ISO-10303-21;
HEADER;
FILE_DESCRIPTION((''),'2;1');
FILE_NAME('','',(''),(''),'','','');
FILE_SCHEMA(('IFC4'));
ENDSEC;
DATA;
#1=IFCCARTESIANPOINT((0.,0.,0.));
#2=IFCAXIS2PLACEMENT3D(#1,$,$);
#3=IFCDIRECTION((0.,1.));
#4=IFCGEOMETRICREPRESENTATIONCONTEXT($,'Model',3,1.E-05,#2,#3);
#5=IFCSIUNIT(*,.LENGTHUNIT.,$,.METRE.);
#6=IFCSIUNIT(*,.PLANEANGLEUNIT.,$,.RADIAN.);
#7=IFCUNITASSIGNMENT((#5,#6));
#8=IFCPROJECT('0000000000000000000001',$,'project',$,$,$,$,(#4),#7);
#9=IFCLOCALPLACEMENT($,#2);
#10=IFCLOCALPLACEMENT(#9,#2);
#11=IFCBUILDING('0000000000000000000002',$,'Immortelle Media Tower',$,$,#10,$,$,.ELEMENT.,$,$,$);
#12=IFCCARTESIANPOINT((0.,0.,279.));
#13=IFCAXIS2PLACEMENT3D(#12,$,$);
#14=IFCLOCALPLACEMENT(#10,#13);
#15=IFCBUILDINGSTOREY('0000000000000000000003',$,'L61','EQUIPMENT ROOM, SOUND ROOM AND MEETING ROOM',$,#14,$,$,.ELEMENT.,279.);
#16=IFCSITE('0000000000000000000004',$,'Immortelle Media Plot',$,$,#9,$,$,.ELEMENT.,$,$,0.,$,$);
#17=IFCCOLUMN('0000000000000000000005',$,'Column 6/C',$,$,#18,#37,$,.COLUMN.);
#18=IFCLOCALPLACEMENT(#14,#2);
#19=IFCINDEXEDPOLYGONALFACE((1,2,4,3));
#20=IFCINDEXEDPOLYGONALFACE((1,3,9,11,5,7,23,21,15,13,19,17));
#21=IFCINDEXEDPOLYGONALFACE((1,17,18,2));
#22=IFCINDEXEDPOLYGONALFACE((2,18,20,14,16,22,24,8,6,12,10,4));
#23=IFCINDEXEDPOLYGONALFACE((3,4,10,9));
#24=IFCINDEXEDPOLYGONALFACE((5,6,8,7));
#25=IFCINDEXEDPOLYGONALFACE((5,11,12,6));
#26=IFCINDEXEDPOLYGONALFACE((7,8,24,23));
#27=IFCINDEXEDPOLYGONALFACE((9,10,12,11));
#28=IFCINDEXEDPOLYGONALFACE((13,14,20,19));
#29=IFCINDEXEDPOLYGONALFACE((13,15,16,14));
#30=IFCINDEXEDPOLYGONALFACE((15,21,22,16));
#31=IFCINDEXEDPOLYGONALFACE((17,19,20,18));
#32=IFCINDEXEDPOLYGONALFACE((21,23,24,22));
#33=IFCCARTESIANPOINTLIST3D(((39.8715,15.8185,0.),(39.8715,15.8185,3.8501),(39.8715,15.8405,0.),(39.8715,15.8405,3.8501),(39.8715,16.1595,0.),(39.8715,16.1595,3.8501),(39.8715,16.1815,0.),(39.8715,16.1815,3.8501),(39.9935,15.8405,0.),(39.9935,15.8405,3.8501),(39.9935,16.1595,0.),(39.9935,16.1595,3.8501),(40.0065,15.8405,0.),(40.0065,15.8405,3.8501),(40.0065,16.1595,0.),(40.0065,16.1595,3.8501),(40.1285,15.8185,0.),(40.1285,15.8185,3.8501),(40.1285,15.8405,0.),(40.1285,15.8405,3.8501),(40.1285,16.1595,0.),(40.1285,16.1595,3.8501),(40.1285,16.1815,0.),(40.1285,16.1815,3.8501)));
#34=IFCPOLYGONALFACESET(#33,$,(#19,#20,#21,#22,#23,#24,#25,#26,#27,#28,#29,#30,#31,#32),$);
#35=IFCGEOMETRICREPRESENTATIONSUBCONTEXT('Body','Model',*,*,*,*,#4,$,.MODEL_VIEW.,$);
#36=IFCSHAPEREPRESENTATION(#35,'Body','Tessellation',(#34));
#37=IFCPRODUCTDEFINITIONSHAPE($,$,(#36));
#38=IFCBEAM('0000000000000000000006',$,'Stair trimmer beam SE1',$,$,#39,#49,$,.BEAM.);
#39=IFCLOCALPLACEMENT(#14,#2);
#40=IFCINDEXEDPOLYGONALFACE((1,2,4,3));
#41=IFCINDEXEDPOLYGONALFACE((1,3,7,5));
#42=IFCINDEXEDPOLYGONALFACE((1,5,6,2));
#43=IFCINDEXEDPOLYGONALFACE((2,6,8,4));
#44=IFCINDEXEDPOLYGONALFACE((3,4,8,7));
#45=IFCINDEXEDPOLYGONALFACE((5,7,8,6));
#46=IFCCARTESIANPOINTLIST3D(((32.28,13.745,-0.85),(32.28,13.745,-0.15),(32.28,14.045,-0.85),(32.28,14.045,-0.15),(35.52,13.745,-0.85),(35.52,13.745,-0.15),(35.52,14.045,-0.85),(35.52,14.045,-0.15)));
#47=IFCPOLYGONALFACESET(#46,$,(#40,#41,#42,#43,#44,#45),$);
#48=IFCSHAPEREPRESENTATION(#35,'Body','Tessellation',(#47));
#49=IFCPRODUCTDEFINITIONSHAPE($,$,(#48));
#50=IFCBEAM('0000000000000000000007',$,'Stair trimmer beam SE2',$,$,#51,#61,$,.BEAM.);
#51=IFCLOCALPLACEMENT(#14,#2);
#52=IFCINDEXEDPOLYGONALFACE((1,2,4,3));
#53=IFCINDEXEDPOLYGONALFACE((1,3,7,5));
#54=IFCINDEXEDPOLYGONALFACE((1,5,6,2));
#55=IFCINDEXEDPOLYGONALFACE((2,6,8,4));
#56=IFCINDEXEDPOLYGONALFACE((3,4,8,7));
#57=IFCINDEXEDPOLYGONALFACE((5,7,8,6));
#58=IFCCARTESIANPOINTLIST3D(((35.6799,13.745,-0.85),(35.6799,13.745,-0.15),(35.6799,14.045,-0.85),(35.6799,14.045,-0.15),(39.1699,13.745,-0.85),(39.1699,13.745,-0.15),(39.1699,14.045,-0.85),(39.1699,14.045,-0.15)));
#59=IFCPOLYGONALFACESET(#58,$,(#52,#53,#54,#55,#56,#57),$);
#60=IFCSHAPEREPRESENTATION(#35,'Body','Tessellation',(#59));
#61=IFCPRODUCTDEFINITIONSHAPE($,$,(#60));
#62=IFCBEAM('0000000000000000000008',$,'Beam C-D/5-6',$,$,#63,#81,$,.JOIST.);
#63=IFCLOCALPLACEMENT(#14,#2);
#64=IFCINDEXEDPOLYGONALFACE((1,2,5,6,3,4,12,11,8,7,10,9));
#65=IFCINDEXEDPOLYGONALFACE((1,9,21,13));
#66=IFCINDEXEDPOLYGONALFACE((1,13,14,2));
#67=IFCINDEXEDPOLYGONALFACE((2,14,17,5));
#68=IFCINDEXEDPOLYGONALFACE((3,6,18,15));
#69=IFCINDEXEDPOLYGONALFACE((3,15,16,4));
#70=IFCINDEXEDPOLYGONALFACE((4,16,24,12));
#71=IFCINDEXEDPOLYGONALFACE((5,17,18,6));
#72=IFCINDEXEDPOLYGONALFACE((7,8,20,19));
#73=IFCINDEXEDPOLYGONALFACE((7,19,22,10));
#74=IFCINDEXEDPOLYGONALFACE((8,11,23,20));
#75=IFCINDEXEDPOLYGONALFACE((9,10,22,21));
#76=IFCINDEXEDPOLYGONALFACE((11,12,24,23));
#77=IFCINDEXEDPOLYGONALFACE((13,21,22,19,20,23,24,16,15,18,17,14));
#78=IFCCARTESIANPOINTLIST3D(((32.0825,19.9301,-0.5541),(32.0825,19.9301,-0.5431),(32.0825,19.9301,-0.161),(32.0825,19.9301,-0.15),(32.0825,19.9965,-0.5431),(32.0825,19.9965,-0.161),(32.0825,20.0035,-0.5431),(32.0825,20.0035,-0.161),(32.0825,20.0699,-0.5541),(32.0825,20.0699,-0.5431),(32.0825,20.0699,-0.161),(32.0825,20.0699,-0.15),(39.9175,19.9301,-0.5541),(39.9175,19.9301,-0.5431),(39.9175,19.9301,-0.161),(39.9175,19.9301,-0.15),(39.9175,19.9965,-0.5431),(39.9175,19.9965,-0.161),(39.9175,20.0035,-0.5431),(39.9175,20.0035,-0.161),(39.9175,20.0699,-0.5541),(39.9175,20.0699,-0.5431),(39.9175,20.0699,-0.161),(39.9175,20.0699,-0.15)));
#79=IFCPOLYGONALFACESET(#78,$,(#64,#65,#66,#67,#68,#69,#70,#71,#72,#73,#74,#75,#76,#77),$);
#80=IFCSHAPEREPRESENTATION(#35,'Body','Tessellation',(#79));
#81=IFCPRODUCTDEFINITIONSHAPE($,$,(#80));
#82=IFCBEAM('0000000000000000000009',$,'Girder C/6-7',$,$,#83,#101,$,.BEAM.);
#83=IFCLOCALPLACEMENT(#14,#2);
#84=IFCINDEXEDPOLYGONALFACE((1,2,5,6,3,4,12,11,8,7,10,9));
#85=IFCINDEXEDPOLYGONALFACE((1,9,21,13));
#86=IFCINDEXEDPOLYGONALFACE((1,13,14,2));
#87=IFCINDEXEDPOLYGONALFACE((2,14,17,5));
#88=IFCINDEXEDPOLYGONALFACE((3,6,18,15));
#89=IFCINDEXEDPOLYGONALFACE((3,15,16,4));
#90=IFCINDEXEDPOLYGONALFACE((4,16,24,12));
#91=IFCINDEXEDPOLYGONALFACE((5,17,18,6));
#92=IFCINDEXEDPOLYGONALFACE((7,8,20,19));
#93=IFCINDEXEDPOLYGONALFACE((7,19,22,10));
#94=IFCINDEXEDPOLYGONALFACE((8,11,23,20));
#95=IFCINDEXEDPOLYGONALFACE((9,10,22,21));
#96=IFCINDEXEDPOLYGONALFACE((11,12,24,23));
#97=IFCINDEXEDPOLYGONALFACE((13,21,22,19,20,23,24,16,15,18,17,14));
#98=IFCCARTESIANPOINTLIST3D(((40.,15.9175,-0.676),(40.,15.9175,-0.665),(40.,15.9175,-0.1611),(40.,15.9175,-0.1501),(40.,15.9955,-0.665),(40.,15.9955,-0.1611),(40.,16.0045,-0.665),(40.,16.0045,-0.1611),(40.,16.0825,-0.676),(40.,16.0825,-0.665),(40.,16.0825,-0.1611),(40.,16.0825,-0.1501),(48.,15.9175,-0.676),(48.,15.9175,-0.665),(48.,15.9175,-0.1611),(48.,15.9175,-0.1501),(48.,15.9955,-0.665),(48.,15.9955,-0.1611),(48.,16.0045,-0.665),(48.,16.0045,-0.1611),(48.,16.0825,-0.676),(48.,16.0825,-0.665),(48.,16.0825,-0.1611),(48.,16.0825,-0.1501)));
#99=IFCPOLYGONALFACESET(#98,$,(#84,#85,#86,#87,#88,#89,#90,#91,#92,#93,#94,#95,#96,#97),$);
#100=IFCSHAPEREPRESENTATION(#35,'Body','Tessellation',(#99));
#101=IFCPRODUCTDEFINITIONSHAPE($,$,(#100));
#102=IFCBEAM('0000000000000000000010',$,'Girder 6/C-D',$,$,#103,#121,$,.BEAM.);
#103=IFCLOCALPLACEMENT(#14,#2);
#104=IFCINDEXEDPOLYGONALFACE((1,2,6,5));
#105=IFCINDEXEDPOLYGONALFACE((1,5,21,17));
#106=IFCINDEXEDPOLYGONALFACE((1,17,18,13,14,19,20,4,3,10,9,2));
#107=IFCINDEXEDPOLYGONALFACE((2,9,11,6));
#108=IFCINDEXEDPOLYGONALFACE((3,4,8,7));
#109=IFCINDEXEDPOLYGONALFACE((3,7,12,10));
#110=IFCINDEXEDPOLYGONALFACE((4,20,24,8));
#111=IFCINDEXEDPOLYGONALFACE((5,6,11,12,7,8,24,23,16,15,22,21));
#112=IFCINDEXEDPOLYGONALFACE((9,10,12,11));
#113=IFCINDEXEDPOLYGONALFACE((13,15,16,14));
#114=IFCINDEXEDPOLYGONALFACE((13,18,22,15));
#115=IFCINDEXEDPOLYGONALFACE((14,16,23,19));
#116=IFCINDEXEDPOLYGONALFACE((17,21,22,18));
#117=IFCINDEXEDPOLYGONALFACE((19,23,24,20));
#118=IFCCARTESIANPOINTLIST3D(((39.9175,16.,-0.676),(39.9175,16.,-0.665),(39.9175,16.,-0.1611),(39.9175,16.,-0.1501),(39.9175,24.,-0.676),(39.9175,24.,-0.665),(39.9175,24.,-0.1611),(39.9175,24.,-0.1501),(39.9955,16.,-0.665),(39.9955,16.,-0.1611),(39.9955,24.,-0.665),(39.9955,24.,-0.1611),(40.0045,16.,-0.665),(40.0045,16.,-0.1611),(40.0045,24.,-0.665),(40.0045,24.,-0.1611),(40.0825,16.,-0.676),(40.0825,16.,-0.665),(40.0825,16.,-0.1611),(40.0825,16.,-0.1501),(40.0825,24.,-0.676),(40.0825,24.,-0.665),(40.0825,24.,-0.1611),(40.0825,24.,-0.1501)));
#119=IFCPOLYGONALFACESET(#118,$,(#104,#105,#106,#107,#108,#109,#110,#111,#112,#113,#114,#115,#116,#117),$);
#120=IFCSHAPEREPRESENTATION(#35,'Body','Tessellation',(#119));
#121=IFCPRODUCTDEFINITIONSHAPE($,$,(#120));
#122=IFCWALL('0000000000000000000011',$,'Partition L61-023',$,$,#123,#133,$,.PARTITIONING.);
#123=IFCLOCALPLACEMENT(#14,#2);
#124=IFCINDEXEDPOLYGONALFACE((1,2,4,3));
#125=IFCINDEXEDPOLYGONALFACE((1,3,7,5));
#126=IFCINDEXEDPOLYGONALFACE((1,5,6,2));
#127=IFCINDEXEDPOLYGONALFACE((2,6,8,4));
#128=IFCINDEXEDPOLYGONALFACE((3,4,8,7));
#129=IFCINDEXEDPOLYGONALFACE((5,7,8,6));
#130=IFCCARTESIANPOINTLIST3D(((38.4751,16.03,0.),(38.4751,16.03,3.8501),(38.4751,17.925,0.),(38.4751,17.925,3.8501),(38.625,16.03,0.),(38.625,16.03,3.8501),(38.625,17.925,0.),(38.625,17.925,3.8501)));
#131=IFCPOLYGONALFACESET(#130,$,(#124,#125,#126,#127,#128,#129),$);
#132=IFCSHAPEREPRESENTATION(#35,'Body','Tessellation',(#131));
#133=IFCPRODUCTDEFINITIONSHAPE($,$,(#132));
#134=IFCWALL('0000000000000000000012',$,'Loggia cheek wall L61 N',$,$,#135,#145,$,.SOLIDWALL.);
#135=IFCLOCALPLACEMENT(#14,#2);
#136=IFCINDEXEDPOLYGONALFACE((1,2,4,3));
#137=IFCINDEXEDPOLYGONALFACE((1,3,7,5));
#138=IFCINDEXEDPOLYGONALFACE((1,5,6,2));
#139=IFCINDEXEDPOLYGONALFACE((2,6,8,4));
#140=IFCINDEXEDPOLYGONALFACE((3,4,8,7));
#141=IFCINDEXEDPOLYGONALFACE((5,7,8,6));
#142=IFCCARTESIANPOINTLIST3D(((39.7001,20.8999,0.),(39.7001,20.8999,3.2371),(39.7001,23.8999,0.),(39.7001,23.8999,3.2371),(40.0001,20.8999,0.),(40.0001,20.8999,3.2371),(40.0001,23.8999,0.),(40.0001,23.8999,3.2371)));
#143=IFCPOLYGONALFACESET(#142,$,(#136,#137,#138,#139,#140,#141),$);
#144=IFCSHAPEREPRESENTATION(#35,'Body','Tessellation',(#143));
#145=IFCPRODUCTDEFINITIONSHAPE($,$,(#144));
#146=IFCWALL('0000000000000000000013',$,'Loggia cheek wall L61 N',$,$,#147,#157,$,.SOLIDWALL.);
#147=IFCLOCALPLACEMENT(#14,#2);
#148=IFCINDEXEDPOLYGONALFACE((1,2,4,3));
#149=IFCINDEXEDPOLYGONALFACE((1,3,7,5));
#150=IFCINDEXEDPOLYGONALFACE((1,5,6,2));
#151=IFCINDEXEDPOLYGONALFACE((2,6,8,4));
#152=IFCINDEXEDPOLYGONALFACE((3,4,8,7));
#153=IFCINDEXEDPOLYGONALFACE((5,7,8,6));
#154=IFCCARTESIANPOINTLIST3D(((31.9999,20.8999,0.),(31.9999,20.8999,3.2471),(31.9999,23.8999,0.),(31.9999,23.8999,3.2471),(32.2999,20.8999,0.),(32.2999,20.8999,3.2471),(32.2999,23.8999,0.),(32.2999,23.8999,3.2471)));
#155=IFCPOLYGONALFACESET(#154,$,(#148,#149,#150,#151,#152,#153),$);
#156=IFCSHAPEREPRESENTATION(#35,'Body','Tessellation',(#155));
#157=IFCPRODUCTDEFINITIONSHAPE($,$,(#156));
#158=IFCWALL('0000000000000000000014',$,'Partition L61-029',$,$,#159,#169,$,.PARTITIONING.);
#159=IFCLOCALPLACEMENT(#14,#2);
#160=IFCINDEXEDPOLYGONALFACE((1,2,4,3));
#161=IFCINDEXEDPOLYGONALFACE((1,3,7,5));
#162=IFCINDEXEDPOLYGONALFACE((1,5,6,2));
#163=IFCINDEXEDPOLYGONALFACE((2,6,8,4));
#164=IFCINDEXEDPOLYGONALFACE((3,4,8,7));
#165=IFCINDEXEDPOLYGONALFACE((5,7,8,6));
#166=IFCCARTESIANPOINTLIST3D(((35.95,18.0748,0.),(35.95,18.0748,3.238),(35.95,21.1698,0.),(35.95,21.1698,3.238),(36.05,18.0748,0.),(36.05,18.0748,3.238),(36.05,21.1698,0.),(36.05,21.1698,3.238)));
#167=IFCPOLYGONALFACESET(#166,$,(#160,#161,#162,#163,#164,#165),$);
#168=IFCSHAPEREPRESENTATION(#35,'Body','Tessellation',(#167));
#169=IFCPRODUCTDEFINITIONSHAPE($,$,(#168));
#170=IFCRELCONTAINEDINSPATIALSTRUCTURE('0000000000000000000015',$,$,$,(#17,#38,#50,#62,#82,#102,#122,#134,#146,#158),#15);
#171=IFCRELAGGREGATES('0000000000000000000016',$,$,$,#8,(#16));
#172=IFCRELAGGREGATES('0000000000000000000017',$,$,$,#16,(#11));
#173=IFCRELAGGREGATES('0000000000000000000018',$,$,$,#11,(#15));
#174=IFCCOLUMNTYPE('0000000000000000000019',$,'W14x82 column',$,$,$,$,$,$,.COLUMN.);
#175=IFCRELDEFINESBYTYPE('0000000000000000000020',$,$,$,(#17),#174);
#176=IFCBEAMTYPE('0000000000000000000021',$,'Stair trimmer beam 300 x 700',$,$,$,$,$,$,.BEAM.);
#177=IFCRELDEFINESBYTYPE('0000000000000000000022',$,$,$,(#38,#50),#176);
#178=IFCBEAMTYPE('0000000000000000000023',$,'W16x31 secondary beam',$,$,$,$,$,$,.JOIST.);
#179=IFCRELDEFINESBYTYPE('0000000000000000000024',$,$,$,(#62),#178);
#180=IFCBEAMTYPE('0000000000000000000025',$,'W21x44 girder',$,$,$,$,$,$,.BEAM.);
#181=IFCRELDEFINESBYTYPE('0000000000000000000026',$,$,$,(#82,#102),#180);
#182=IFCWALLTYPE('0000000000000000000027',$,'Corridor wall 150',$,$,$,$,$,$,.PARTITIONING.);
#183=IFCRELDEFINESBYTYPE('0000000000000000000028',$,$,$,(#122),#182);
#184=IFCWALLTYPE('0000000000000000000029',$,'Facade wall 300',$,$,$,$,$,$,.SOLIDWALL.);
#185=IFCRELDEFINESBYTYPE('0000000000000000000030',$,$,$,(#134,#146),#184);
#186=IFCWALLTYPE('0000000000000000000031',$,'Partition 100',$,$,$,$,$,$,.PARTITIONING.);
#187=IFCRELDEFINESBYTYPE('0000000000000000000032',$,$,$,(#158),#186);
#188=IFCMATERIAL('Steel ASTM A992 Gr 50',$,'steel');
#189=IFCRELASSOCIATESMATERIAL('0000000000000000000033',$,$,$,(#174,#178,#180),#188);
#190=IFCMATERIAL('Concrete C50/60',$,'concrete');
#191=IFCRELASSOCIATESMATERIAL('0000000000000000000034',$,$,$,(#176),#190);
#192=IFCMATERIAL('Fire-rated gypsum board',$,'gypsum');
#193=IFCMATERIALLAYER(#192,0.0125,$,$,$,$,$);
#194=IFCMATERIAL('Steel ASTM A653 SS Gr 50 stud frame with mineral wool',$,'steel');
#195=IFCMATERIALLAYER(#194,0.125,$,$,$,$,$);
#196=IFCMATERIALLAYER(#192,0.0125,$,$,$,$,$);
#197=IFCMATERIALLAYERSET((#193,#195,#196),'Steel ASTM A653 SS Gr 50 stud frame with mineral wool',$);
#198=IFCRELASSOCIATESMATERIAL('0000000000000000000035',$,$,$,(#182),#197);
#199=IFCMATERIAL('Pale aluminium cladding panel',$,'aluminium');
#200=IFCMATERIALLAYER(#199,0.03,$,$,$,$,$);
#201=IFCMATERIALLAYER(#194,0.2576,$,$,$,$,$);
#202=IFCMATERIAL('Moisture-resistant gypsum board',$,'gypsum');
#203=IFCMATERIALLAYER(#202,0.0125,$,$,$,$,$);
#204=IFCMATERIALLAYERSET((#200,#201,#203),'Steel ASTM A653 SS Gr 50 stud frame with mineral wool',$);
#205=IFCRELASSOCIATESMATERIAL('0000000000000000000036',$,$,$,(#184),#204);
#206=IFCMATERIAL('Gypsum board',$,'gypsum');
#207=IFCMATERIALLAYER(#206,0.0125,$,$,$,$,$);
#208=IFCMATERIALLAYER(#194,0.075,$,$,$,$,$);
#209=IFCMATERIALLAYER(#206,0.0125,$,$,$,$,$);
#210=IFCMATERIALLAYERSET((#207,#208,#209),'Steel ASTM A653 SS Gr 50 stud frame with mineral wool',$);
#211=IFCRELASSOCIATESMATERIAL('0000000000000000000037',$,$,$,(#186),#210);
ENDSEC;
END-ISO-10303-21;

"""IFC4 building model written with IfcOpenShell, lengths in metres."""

from ifc_helpers import new_model, si_unit, direction, frame, frame_2d, origin, origin_2d, place, context, subcontext, project, spatial, rectangle, i_section, extrude, material, layer, layer_set, material_profile, profile_set, type_object, element, save


model = new_model("IFC4")

# Units and contexts
model_context = context("Model", 3, precision=1e-05, world=origin(), true_north=direction((0.0, 1.0)))
body_context = subcontext(model_context, "Body", "Model", "MODEL_VIEW")
ifc_project = project(units=[si_unit("LENGTHUNIT", "METRE"), si_unit("PLANEANGLEUNIT", "RADIAN")], contexts=[model_context])

# Site, building, storey
site_placement = place(None, origin())
site = spatial("IfcSite", under=ifc_project, at=site_placement, Name="Immortelle Media Plot", CompositionType="ELEMENT", RefElevation=0.0)
building_placement = place(site_placement, origin())
building = spatial("IfcBuilding", under=site, at=building_placement, Name="Immortelle Media Tower", CompositionType="ELEMENT")
storey_placement = place(building_placement, frame((0.0, 0.0, 279.0)))
storey = spatial("IfcBuildingStorey", under=building, at=storey_placement, Name="L61", Description="EQUIPMENT ROOM, SOUND ROOM AND MEETING ROOM", CompositionType="ELEMENT", Elevation=279.0)

# Column
ifc_material_1 = material(Name="Steel ASTM A992 Gr 50", Category="steel")
ifc_material_profile_1 = material_profile(ifc_material_1, i_section(OverallWidth=0.2571, OverallDepth=0.363, WebThickness=0.0129, FlangeThickness=0.022, at=origin_2d()), Name="W14x82")
ifc_profile_set_1 = profile_set([ifc_material_profile_1], Name="Steel ASTM A992 Gr 50")
column_type = type_object("IfcColumnType", Name="W14x82 column", PredefinedType="COLUMN", material=ifc_profile_set_1)
column_placement = place(storey_placement, frame((40.0, 16.0, 0.0), z_axis=(0.0, 0.0, 1.0), x_axis=(1.0, 0.0, 0.0)))
element("IfcColumn", 1, at=column_placement, inside=storey, type_object=column_type, Name="Column 6/C", PredefinedType="COLUMN", context=body_context, shape_type="SweptSolid", body=[
    extrude(i_section(OverallWidth=0.2571, OverallDepth=0.363, WebThickness=0.0129, FlangeThickness=0.022, at=origin_2d()), origin(), (0.0, 0.0, 1.0), 3.8501),
])

# Beams
ifc_material_2 = material(Name="Concrete C50/60", Category="concrete")
ifc_material_profile_2 = material_profile(ifc_material_2, rectangle(XDim=0.3, YDim=0.7, at=origin_2d()), Name="RC 300x700")
ifc_profile_set_2 = profile_set([ifc_material_profile_2], Name="Concrete C50/60")
beam_type_1 = type_object("IfcBeamType", Name="Stair trimmer beam 300 x 700", PredefinedType="BEAM", material=ifc_profile_set_2)
beam_1_placement = place(storey_placement, frame((32.28, 13.895, -0.5), z_axis=(1.0, 0.0, 0.0), x_axis=(0.0, 1.0, 0.0)))
element("IfcBeam", 2, at=beam_1_placement, inside=storey, type_object=beam_type_1, Name="Stair trimmer beam SE1", PredefinedType="BEAM", context=body_context, shape_type="SweptSolid", body=[
    extrude(rectangle(XDim=0.3, YDim=0.7, at=origin_2d()), origin(), (0.0, 0.0, 1.0), 3.24),
])
beam_2_placement = place(storey_placement, frame((35.6799, 13.895, -0.5), z_axis=(1.0, 0.0, 0.0), x_axis=(0.0, 1.0, 0.0)))
element("IfcBeam", 3, at=beam_2_placement, inside=storey, type_object=beam_type_1, Name="Stair trimmer beam SE2", PredefinedType="BEAM", context=body_context, shape_type="SweptSolid", body=[
    extrude(rectangle(XDim=0.3, YDim=0.7, at=origin_2d()), origin(), (0.0, 0.0, 1.0), 3.49),
])
ifc_material_profile_3 = material_profile(ifc_material_1, i_section(OverallWidth=0.1399, OverallDepth=0.4041, WebThickness=0.0071, FlangeThickness=0.011, at=origin_2d()), Name="W16x31")
ifc_profile_set_3 = profile_set([ifc_material_profile_3], Name="Steel ASTM A992 Gr 50")
beam_type_2 = type_object("IfcBeamType", Name="W16x31 secondary beam", PredefinedType="JOIST", material=ifc_profile_set_3)
beam_3_placement = place(storey_placement, frame((32.0825, 20.0, -0.3521), z_axis=(1.0, 0.0, 0.0), x_axis=(0.0, 1.0, 0.0)))
element("IfcBeam", 4, at=beam_3_placement, inside=storey, type_object=beam_type_2, Name="Beam C-D/5-6", PredefinedType="JOIST", context=body_context, shape_type="SweptSolid", body=[
    extrude(i_section(OverallWidth=0.1399, OverallDepth=0.4041, WebThickness=0.0071, FlangeThickness=0.011, at=origin_2d()), origin(), (0.0, 0.0, 1.0), 7.835),
])
ifc_material_profile_4 = material_profile(ifc_material_1, i_section(OverallWidth=0.165, OverallDepth=0.5259, WebThickness=0.009, FlangeThickness=0.011, at=origin_2d()), Name="W21x44")
ifc_profile_set_4 = profile_set([ifc_material_profile_4], Name="Steel ASTM A992 Gr 50")
beam_type_3 = type_object("IfcBeamType", Name="W21x44 girder", PredefinedType="BEAM", material=ifc_profile_set_4)
for number, where, z_axis, x_axis, name in (
    (5, (40.0, 16.0, -0.4131), (1.0, 0.0, 0.0), (0.0, 1.0, 0.0), "Girder C/6-7"),
    (6, (40.0, 16.0, -0.4131), (0.0, 1.0, 0.0), (-1.0, 0.0, 0.0), "Girder 6/C-D"),
):
    element("IfcBeam", number, at=place(storey_placement, frame(where, z_axis=z_axis, x_axis=x_axis)), inside=storey, type_object=beam_type_3, Name=name, PredefinedType="BEAM", context=body_context, shape_type="SweptSolid", body=[
        extrude(i_section(OverallWidth=0.165, OverallDepth=0.5259, WebThickness=0.009, FlangeThickness=0.011, at=origin_2d()), origin(), (0.0, 0.0, 1.0), 8.0),
    ])

# Wall
ifc_material_3 = material(Name="Fire-rated gypsum board", Category="gypsum")
ifc_layer_1 = layer(ifc_material_3, 0.0125)
ifc_material_4 = material(Name="Steel ASTM A653 SS Gr 50 stud frame with mineral wool", Category="steel")
ifc_layer_2 = layer(ifc_material_4, 0.125)
ifc_layer_3 = layer(ifc_material_3, 0.0125)
ifc_layer_set_1 = layer_set([ifc_layer_1, ifc_layer_2, ifc_layer_3], Name="Steel ASTM A653 SS Gr 50 stud frame with mineral wool")
wall_type_1 = type_object("IfcWallType", Name="Corridor wall 150", PredefinedType="PARTITIONING", material=ifc_layer_set_1)
wall_1_placement = place(storey_placement, frame((38.55, 16.03, 0.0), z_axis=(0.0, 0.0, 1.0), x_axis=(0.0, 1.0, 0.0)))
element("IfcWall", 7, at=wall_1_placement, inside=storey, type_object=wall_type_1, Name="Partition L61-023", PredefinedType="PARTITIONING", context=body_context, shape_type="SweptSolid", body=[
    extrude(rectangle(XDim=1.895, YDim=0.1499, at=frame_2d((0.9475, 0.0))), origin(), (0.0, 0.0, 1.0), 3.8501),
])

# Shared definitions
ifc_material_5 = material(Name="Pale aluminium cladding panel", Category="aluminium")
ifc_layer_4 = layer(ifc_material_5, 0.03)
ifc_layer_5 = layer(ifc_material_4, 0.2576)
ifc_material_6 = material(Name="Moisture-resistant gypsum board", Category="gypsum")
ifc_layer_6 = layer(ifc_material_6, 0.0125)
ifc_layer_set_2 = layer_set([ifc_layer_4, ifc_layer_5, ifc_layer_6], Name="Steel ASTM A653 SS Gr 50 stud frame with mineral wool")
wall_type_2 = type_object("IfcWallType", Name="Facade wall 300", PredefinedType="SOLIDWALL", material=ifc_layer_set_2)

# Walls
wall_2_placement = place(storey_placement, frame((39.8501, 23.8999, 0.0), z_axis=(0.0, 0.0, 1.0), x_axis=(0.0, -1.0, 0.0)))
element("IfcWall", 8, at=wall_2_placement, inside=storey, type_object=wall_type_2, Name="Loggia cheek wall L61 N", PredefinedType="SOLIDWALL", context=body_context, shape_type="SweptSolid", body=[
    extrude(rectangle(XDim=3.0, YDim=0.3, at=frame_2d((1.5, 0.0))), origin(), (0.0, 0.0, 1.0), 3.2371),
])
wall_3_placement = place(storey_placement, frame((32.1499, 23.8999, 0.0), z_axis=(0.0, 0.0, 1.0), x_axis=(0.0, -1.0, 0.0)))
element("IfcWall", 9, at=wall_3_placement, inside=storey, type_object=wall_type_2, Name="Loggia cheek wall L61 N", PredefinedType="SOLIDWALL", context=body_context, shape_type="SweptSolid", body=[
    extrude(rectangle(XDim=3.0, YDim=0.3, at=frame_2d((1.5, 0.0))), origin(), (0.0, 0.0, 1.0), 3.2471),
])
ifc_material_7 = material(Name="Gypsum board", Category="gypsum")
ifc_layer_7 = layer(ifc_material_7, 0.0125)
ifc_layer_8 = layer(ifc_material_4, 0.075)
ifc_layer_9 = layer(ifc_material_7, 0.0125)
ifc_layer_set_3 = layer_set([ifc_layer_7, ifc_layer_8, ifc_layer_9], Name="Steel ASTM A653 SS Gr 50 stud frame with mineral wool")
wall_type_3 = type_object("IfcWallType", Name="Partition 100", PredefinedType="PARTITIONING", material=ifc_layer_set_3)
wall_4_placement = place(storey_placement, frame((36.0, 18.075, 0.0), z_axis=(0.0, 0.0, 1.0), x_axis=(0.0, 1.0, 0.0)))
element("IfcWall", 10, at=wall_4_placement, inside=storey, type_object=wall_type_3, Name="Partition L61-029", PredefinedType="PARTITIONING", context=body_context, shape_type="SweptSolid", body=[
    extrude(rectangle(XDim=3.095, YDim=0.1001, at=frame_2d((1.5474, 0.0))), origin(), (0.0, 0.0, 1.0), 3.238),
])

save(model, "model.ifc")
